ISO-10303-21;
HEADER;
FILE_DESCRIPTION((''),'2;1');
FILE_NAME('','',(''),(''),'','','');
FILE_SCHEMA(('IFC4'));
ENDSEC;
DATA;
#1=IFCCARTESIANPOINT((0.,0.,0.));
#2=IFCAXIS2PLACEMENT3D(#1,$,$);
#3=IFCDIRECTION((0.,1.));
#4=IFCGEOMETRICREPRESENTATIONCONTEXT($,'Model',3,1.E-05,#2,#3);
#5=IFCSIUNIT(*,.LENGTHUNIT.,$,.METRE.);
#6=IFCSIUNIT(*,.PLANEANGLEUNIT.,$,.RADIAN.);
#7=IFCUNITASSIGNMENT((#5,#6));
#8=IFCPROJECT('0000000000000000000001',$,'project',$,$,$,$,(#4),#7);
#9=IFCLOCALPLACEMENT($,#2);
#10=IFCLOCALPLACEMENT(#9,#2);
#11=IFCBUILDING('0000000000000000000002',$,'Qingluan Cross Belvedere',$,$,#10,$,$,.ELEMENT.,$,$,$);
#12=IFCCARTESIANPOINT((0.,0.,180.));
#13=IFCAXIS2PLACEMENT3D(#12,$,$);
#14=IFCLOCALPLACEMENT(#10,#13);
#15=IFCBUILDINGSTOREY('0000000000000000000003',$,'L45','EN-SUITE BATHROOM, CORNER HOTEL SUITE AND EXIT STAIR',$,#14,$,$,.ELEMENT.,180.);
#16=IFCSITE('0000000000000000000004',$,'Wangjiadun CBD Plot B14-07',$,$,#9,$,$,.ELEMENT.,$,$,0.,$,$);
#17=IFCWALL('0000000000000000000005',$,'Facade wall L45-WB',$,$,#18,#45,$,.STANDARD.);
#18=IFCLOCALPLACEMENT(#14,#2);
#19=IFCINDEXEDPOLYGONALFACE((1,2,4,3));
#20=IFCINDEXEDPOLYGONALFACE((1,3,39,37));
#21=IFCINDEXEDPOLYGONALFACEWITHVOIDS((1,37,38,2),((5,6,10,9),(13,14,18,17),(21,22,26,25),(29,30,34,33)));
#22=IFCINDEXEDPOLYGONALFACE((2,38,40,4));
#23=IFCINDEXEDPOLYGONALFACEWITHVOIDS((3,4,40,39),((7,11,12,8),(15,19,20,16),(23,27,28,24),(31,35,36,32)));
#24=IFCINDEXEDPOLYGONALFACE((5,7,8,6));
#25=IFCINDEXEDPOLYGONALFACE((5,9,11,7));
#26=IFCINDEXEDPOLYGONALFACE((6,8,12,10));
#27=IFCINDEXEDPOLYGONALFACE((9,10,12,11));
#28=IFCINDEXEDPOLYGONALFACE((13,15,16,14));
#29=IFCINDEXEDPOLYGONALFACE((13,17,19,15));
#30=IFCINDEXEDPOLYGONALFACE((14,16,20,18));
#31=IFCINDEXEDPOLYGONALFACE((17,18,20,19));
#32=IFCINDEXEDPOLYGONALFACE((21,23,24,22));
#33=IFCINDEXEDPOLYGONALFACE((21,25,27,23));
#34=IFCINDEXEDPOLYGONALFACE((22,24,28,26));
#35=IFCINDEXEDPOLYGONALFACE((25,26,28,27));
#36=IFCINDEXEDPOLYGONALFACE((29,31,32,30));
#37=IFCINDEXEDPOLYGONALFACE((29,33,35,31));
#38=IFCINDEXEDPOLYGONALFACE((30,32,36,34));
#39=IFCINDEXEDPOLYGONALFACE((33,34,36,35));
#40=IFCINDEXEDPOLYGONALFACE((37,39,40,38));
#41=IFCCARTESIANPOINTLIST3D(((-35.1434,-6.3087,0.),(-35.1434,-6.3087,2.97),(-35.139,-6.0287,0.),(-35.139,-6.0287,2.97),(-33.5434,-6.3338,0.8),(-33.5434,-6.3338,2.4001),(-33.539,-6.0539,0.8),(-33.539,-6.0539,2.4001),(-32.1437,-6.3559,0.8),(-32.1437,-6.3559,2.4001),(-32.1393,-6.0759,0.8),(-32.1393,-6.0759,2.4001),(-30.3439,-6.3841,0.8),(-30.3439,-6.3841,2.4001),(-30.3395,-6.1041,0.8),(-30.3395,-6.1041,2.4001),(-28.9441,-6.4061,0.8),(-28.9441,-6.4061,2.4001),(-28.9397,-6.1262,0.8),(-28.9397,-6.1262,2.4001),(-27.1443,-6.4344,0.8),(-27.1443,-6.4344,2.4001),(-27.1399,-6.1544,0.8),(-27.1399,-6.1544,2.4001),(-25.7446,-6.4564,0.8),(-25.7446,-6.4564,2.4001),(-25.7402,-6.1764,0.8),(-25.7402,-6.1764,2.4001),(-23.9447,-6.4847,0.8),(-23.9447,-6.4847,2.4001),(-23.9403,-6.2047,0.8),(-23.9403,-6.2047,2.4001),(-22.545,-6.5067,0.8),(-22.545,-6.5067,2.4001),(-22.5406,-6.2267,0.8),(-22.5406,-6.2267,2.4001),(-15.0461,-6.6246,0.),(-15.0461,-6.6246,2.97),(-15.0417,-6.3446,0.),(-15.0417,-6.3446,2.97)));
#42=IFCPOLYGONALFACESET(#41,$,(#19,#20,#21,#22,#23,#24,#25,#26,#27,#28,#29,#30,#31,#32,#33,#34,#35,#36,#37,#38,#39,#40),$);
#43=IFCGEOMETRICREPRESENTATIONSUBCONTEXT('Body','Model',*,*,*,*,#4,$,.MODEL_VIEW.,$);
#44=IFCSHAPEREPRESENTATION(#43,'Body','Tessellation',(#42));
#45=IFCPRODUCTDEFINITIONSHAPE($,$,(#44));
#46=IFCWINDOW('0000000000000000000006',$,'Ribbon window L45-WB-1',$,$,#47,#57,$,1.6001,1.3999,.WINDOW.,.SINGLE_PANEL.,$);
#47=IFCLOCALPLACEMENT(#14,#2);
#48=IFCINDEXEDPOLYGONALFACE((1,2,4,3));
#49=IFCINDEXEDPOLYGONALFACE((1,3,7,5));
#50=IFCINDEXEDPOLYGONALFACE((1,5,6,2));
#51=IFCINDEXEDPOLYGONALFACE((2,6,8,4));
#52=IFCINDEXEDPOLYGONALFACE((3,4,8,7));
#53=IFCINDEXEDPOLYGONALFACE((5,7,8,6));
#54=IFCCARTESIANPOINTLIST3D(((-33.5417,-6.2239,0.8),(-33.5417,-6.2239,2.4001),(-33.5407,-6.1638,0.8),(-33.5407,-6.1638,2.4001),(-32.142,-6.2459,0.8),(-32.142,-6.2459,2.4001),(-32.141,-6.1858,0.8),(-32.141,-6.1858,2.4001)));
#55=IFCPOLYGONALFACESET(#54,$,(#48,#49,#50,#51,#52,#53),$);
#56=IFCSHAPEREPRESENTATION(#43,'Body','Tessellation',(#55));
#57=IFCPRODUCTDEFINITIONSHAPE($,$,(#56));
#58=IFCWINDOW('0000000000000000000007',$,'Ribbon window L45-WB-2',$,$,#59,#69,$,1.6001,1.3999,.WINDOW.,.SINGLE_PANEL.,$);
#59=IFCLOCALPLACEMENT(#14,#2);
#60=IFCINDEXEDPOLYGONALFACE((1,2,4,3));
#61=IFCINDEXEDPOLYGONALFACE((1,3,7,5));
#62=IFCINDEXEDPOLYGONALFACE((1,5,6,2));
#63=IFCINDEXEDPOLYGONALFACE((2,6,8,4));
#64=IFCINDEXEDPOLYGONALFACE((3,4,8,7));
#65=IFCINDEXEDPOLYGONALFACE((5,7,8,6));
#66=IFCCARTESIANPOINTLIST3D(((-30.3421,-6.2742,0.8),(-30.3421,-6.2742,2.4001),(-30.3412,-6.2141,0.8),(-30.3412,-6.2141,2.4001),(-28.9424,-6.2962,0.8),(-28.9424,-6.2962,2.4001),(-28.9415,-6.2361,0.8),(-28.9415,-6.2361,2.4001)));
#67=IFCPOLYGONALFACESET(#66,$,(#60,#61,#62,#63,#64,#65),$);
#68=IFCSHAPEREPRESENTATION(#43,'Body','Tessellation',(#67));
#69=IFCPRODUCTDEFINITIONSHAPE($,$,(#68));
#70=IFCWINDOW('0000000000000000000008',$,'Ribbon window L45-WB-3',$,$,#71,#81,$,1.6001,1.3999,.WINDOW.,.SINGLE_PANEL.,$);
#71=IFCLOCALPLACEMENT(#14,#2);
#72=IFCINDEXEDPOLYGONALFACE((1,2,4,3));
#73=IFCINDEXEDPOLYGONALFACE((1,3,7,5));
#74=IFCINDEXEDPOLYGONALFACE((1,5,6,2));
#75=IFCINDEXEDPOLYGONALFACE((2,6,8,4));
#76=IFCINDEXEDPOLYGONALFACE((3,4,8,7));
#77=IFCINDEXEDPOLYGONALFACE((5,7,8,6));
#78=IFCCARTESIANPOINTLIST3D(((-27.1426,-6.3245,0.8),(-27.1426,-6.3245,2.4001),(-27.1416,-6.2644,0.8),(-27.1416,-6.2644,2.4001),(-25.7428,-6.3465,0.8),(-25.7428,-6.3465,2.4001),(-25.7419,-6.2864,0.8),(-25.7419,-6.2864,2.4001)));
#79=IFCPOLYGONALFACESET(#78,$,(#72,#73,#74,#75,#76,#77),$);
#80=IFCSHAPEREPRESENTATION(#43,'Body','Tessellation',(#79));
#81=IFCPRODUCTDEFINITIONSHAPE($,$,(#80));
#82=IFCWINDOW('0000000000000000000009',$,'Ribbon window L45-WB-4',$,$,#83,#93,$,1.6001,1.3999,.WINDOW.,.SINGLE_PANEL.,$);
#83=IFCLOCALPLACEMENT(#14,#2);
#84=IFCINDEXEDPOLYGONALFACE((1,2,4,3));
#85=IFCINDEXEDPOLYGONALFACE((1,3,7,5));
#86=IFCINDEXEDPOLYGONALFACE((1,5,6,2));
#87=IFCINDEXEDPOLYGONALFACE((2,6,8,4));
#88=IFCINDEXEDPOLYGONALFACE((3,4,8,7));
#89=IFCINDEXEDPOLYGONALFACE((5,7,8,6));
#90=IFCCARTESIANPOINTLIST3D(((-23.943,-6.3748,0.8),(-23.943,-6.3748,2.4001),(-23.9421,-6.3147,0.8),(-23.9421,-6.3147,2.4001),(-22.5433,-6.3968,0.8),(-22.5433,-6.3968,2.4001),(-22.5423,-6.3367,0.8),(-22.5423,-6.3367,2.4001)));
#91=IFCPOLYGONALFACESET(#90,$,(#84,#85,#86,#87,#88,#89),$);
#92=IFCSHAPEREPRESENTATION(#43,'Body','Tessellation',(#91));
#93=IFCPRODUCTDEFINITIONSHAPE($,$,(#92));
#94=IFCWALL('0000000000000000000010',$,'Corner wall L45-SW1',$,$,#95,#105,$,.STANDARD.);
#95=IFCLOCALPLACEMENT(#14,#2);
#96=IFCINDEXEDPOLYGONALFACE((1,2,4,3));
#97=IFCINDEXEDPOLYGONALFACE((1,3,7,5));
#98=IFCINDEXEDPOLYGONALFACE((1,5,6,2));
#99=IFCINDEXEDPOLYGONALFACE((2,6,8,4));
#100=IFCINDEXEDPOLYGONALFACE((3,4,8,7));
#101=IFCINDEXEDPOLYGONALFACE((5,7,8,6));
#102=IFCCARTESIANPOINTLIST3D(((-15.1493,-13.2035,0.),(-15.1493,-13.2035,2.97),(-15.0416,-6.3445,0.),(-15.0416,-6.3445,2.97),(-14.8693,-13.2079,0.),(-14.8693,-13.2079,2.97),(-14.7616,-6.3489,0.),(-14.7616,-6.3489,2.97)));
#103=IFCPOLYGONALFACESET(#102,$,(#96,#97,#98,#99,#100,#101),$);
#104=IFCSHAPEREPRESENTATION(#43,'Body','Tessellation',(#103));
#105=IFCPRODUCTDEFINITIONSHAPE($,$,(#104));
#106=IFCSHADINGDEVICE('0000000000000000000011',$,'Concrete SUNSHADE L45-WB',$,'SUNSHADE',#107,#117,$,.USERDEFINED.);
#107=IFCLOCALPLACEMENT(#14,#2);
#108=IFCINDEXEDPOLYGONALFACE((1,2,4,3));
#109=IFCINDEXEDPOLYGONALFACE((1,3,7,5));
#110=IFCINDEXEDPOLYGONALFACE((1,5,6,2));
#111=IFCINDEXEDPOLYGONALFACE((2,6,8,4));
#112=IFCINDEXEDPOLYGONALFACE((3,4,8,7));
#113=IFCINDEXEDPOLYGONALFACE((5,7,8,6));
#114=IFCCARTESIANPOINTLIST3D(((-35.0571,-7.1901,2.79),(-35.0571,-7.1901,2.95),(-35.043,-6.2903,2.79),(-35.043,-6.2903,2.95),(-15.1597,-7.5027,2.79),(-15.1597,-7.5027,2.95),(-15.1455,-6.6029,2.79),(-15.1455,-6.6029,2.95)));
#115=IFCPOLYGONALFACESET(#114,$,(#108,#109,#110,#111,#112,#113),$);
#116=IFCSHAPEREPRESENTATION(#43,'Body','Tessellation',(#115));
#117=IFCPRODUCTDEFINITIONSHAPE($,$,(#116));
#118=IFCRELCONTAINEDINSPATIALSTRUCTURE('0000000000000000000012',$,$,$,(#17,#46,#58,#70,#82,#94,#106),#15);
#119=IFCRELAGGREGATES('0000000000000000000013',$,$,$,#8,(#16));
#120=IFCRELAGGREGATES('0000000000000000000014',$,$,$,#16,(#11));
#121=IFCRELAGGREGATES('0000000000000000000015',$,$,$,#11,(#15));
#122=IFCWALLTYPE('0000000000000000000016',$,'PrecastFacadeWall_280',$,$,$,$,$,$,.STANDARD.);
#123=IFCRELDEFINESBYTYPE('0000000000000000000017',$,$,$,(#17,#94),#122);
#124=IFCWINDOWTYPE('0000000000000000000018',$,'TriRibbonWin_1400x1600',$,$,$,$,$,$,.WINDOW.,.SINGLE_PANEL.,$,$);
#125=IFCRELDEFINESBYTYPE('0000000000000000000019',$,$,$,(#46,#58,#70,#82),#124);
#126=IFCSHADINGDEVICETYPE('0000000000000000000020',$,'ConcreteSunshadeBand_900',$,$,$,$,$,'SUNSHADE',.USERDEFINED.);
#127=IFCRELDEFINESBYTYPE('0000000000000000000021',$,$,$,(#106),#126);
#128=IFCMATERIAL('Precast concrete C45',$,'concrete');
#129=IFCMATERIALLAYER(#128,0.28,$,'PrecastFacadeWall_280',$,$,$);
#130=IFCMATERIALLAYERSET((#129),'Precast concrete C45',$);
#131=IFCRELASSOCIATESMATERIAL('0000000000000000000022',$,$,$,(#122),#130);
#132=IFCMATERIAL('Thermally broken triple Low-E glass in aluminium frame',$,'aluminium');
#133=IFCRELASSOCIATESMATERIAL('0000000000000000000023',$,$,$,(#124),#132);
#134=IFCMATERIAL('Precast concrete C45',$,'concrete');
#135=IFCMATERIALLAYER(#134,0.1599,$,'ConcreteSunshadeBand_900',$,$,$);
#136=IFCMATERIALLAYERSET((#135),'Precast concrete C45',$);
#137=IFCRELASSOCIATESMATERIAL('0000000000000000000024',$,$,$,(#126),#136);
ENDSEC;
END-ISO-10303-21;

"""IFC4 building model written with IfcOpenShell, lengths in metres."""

from ifc_helpers import new_model, si_unit, direction, frame, frame_2d, origin, origin_2d, place, context, subcontext, project, spatial, rectangle, extrude, material, layer, layer_set, type_object, element, fill, save


model = new_model("IFC4")

# Units and contexts
model_context = context("Model", 3, precision=1e-05, world=origin(), true_north=direction((0.0, 1.0)))
body_context = subcontext(model_context, "Body", "Model", "MODEL_VIEW")
ifc_project = project(units=[si_unit("LENGTHUNIT", "METRE"), si_unit("PLANEANGLEUNIT", "RADIAN")], contexts=[model_context])

# Site, building, storey
site_placement = place(None, origin())
site = spatial("IfcSite", under=ifc_project, at=site_placement, Name="Wangjiadun CBD Plot B14-07", CompositionType="ELEMENT", RefElevation=0.0)
building_placement = place(site_placement, origin())
building = spatial("IfcBuilding", under=site, at=building_placement, Name="Qingluan Cross Belvedere", CompositionType="ELEMENT")
storey_placement = place(building_placement, frame((0.0, 0.0, 180.0)))
storey = spatial("IfcBuildingStorey", under=building, at=storey_placement, Name="L45", Description="EN-SUITE BATHROOM, CORNER HOTEL SUITE AND EXIT STAIR", CompositionType="ELEMENT", Elevation=180.0)

# Wall, openings, windows
ifc_material_1 = material(Name="Precast concrete C45", Category="concrete")
ifc_layer_1 = layer(ifc_material_1, 0.28, Name="PrecastFacadeWall_280")
ifc_layer_set_1 = layer_set([ifc_layer_1], Name="Precast concrete C45")
wall_type_1 = type_object("IfcWallType", Name="PrecastFacadeWall_280", PredefinedType="STANDARD", material=ifc_layer_set_1)
wall_1_placement = place(storey_placement, frame((-35.1411, -6.1687, 0.0), z_axis=(0.0, 0.0, 1.0), x_axis=(0.999876, -0.015717, 0.0)))
wall_1 = element("IfcWall", 1, at=wall_1_placement, inside=storey, type_object=wall_type_1, Name="Facade wall L45-WB", PredefinedType="STANDARD", context=body_context, shape_type="SweptSolid", body=[
    extrude(rectangle(XDim=20.0999, YDim=0.28, at=frame_2d((10.0498, 0.0))), origin(), (0.0, 0.0, 1.0), 2.97),
])
opening_1_placement = place(wall_1_placement, frame((1.6001, 0.0, 0.8)))
opening_1 = element("IfcOpeningElement", 2, at=opening_1_placement, cuts=wall_1, PredefinedType="OPENING", context=body_context, shape_type="SweptSolid", body=[
    extrude(rectangle(XDim=1.3999, YDim=1.6001, at=frame_2d((0.7, 0.8))), frame((0.0, 0.1499, 0.0), z_axis=(0.0, -1.0, 0.0), x_axis=(1.0, 0.0, 0.0)), (0.0, 0.0, 1.0), 0.3),
])
opening_2_placement = place(wall_1_placement, frame((4.8, 0.0, 0.8)))
opening_2 = element("IfcOpeningElement", 3, at=opening_2_placement, cuts=wall_1, PredefinedType="OPENING", context=body_context, shape_type="SweptSolid", body=[
    extrude(rectangle(XDim=1.3999, YDim=1.6001, at=frame_2d((0.7, 0.8))), frame((0.0, 0.1499, 0.0), z_axis=(0.0, -1.0, 0.0), x_axis=(1.0, 0.0, 0.0)), (0.0, 0.0, 1.0), 0.3),
])
opening_3_placement = place(wall_1_placement, frame((8.0, 0.0, 0.8)))
opening_3 = element("IfcOpeningElement", 4, at=opening_3_placement, cuts=wall_1, PredefinedType="OPENING", context=body_context, shape_type="SweptSolid", body=[
    extrude(rectangle(XDim=1.3999, YDim=1.6001, at=frame_2d((0.7, 0.8))), frame((0.0, 0.1499, 0.0), z_axis=(0.0, -1.0, 0.0), x_axis=(1.0, 0.0, 0.0)), (0.0, 0.0, 1.0), 0.3),
])
opening_4_placement = place(wall_1_placement, frame((11.2, 0.0, 0.8)))
opening_4 = element("IfcOpeningElement", 5, at=opening_4_placement, cuts=wall_1, PredefinedType="OPENING", context=body_context, shape_type="SweptSolid", body=[
    extrude(rectangle(XDim=1.3999, YDim=1.6001, at=frame_2d((0.7, 0.8))), frame((0.0, 0.1499, 0.0), z_axis=(0.0, -1.0, 0.0), x_axis=(1.0, 0.0, 0.0)), (0.0, 0.0, 1.0), 0.3),
])
ifc_material_2 = material(Name="Thermally broken triple Low-E glass in aluminium frame", Category="aluminium")
window_type = type_object("IfcWindowType", Name="TriRibbonWin_1400x1600", PartitioningType="SINGLE_PANEL", PredefinedType="WINDOW", material=ifc_material_2)
window_1_placement = place(opening_1_placement, origin())
window_1 = element("IfcWindow", 6, at=window_1_placement, inside=storey, type_object=window_type, Name="Ribbon window L45-WB-1", OverallHeight=1.6001, OverallWidth=1.3999, PartitioningType="SINGLE_PANEL", PredefinedType="WINDOW", context=body_context, shape_type="SweptSolid", body=[
    extrude(rectangle(XDim=1.3999, YDim=1.6001, at=frame_2d((0.7, 0.8))), frame((0.0, 0.03, 0.0), z_axis=(0.0, -1.0, 0.0), x_axis=(1.0, 0.0, 0.0)), (0.0, 0.0, 1.0), 0.0601),
])
fill(opening_1, window_1)
window_2_placement = place(opening_2_placement, origin())
window_2 = element("IfcWindow", 7, at=window_2_placement, inside=storey, type_object=window_type, Name="Ribbon window L45-WB-2", OverallHeight=1.6001, OverallWidth=1.3999, PartitioningType="SINGLE_PANEL", PredefinedType="WINDOW", context=body_context, shape_type="SweptSolid", body=[
    extrude(rectangle(XDim=1.3999, YDim=1.6001, at=frame_2d((0.7, 0.8))), frame((0.0, 0.03, 0.0), z_axis=(0.0, -1.0, 0.0), x_axis=(1.0, 0.0, 0.0)), (0.0, 0.0, 1.0), 0.0601),
])
fill(opening_2, window_2)
window_3_placement = place(opening_3_placement, origin())
window_3 = element("IfcWindow", 8, at=window_3_placement, inside=storey, type_object=window_type, Name="Ribbon window L45-WB-3", OverallHeight=1.6001, OverallWidth=1.3999, PartitioningType="SINGLE_PANEL", PredefinedType="WINDOW", context=body_context, shape_type="SweptSolid", body=[
    extrude(rectangle(XDim=1.3999, YDim=1.6001, at=frame_2d((0.7, 0.8))), frame((0.0, 0.03, 0.0), z_axis=(0.0, -1.0, 0.0), x_axis=(1.0, 0.0, 0.0)), (0.0, 0.0, 1.0), 0.0601),
])
fill(opening_3, window_3)
window_4_placement = place(opening_4_placement, origin())
window_4 = element("IfcWindow", 9, at=window_4_placement, inside=storey, type_object=window_type, Name="Ribbon window L45-WB-4", OverallHeight=1.6001, OverallWidth=1.3999, PartitioningType="SINGLE_PANEL", PredefinedType="WINDOW", context=body_context, shape_type="SweptSolid", body=[
    extrude(rectangle(XDim=1.3999, YDim=1.6001, at=frame_2d((0.7, 0.8))), frame((0.0, 0.03, 0.0), z_axis=(0.0, -1.0, 0.0), x_axis=(1.0, 0.0, 0.0)), (0.0, 0.0, 1.0), 0.0601),
])
fill(opening_4, window_4)

# Wall
wall_2_placement = place(storey_placement, frame((-14.9016, -6.3467, 0.0), z_axis=(0.0, 0.0, 1.0), x_axis=(-0.015695, -0.999877, 0.0)))
element("IfcWall", 10, at=wall_2_placement, inside=storey, type_object=wall_type_1, Name="Corner wall L45-SW1", PredefinedType="STANDARD", context=body_context, shape_type="SweptSolid", body=[
    extrude(rectangle(XDim=6.8599, YDim=0.28, at=frame_2d((3.4299, 0.0))), origin(), (0.0, 0.0, 1.0), 2.97),
])

# Shading device
ifc_material_3 = material(Name="Precast concrete C45", Category="concrete")
ifc_layer_2 = layer(ifc_material_3, 0.1599, Name="ConcreteSunshadeBand_900")
ifc_layer_set_2 = layer_set([ifc_layer_2], Name="Precast concrete C45")
shading_device_type = type_object("IfcShadingDeviceType", Name="ConcreteSunshadeBand_900", ElementType="SUNSHADE", PredefinedType="USERDEFINED", material=ifc_layer_set_2)
shading_device_placement = place(storey_placement, frame((-25.1013, -6.8965, 2.79), z_axis=(0.0, 0.0, 1.0), x_axis=(0.999877, -0.015706, 0.0)))
element("IfcShadingDevice", 11, at=shading_device_placement, inside=storey, type_object=shading_device_type, Name="Concrete SUNSHADE L45-WB", ObjectType="SUNSHADE", PredefinedType="USERDEFINED", context=body_context, shape_type="SweptSolid", body=[
    extrude(rectangle(XDim=19.8999, YDim=0.8999, at=origin_2d()), origin(), (0.0, 0.0, 1.0), 0.1599),
])

save(model, "model.ifc")
